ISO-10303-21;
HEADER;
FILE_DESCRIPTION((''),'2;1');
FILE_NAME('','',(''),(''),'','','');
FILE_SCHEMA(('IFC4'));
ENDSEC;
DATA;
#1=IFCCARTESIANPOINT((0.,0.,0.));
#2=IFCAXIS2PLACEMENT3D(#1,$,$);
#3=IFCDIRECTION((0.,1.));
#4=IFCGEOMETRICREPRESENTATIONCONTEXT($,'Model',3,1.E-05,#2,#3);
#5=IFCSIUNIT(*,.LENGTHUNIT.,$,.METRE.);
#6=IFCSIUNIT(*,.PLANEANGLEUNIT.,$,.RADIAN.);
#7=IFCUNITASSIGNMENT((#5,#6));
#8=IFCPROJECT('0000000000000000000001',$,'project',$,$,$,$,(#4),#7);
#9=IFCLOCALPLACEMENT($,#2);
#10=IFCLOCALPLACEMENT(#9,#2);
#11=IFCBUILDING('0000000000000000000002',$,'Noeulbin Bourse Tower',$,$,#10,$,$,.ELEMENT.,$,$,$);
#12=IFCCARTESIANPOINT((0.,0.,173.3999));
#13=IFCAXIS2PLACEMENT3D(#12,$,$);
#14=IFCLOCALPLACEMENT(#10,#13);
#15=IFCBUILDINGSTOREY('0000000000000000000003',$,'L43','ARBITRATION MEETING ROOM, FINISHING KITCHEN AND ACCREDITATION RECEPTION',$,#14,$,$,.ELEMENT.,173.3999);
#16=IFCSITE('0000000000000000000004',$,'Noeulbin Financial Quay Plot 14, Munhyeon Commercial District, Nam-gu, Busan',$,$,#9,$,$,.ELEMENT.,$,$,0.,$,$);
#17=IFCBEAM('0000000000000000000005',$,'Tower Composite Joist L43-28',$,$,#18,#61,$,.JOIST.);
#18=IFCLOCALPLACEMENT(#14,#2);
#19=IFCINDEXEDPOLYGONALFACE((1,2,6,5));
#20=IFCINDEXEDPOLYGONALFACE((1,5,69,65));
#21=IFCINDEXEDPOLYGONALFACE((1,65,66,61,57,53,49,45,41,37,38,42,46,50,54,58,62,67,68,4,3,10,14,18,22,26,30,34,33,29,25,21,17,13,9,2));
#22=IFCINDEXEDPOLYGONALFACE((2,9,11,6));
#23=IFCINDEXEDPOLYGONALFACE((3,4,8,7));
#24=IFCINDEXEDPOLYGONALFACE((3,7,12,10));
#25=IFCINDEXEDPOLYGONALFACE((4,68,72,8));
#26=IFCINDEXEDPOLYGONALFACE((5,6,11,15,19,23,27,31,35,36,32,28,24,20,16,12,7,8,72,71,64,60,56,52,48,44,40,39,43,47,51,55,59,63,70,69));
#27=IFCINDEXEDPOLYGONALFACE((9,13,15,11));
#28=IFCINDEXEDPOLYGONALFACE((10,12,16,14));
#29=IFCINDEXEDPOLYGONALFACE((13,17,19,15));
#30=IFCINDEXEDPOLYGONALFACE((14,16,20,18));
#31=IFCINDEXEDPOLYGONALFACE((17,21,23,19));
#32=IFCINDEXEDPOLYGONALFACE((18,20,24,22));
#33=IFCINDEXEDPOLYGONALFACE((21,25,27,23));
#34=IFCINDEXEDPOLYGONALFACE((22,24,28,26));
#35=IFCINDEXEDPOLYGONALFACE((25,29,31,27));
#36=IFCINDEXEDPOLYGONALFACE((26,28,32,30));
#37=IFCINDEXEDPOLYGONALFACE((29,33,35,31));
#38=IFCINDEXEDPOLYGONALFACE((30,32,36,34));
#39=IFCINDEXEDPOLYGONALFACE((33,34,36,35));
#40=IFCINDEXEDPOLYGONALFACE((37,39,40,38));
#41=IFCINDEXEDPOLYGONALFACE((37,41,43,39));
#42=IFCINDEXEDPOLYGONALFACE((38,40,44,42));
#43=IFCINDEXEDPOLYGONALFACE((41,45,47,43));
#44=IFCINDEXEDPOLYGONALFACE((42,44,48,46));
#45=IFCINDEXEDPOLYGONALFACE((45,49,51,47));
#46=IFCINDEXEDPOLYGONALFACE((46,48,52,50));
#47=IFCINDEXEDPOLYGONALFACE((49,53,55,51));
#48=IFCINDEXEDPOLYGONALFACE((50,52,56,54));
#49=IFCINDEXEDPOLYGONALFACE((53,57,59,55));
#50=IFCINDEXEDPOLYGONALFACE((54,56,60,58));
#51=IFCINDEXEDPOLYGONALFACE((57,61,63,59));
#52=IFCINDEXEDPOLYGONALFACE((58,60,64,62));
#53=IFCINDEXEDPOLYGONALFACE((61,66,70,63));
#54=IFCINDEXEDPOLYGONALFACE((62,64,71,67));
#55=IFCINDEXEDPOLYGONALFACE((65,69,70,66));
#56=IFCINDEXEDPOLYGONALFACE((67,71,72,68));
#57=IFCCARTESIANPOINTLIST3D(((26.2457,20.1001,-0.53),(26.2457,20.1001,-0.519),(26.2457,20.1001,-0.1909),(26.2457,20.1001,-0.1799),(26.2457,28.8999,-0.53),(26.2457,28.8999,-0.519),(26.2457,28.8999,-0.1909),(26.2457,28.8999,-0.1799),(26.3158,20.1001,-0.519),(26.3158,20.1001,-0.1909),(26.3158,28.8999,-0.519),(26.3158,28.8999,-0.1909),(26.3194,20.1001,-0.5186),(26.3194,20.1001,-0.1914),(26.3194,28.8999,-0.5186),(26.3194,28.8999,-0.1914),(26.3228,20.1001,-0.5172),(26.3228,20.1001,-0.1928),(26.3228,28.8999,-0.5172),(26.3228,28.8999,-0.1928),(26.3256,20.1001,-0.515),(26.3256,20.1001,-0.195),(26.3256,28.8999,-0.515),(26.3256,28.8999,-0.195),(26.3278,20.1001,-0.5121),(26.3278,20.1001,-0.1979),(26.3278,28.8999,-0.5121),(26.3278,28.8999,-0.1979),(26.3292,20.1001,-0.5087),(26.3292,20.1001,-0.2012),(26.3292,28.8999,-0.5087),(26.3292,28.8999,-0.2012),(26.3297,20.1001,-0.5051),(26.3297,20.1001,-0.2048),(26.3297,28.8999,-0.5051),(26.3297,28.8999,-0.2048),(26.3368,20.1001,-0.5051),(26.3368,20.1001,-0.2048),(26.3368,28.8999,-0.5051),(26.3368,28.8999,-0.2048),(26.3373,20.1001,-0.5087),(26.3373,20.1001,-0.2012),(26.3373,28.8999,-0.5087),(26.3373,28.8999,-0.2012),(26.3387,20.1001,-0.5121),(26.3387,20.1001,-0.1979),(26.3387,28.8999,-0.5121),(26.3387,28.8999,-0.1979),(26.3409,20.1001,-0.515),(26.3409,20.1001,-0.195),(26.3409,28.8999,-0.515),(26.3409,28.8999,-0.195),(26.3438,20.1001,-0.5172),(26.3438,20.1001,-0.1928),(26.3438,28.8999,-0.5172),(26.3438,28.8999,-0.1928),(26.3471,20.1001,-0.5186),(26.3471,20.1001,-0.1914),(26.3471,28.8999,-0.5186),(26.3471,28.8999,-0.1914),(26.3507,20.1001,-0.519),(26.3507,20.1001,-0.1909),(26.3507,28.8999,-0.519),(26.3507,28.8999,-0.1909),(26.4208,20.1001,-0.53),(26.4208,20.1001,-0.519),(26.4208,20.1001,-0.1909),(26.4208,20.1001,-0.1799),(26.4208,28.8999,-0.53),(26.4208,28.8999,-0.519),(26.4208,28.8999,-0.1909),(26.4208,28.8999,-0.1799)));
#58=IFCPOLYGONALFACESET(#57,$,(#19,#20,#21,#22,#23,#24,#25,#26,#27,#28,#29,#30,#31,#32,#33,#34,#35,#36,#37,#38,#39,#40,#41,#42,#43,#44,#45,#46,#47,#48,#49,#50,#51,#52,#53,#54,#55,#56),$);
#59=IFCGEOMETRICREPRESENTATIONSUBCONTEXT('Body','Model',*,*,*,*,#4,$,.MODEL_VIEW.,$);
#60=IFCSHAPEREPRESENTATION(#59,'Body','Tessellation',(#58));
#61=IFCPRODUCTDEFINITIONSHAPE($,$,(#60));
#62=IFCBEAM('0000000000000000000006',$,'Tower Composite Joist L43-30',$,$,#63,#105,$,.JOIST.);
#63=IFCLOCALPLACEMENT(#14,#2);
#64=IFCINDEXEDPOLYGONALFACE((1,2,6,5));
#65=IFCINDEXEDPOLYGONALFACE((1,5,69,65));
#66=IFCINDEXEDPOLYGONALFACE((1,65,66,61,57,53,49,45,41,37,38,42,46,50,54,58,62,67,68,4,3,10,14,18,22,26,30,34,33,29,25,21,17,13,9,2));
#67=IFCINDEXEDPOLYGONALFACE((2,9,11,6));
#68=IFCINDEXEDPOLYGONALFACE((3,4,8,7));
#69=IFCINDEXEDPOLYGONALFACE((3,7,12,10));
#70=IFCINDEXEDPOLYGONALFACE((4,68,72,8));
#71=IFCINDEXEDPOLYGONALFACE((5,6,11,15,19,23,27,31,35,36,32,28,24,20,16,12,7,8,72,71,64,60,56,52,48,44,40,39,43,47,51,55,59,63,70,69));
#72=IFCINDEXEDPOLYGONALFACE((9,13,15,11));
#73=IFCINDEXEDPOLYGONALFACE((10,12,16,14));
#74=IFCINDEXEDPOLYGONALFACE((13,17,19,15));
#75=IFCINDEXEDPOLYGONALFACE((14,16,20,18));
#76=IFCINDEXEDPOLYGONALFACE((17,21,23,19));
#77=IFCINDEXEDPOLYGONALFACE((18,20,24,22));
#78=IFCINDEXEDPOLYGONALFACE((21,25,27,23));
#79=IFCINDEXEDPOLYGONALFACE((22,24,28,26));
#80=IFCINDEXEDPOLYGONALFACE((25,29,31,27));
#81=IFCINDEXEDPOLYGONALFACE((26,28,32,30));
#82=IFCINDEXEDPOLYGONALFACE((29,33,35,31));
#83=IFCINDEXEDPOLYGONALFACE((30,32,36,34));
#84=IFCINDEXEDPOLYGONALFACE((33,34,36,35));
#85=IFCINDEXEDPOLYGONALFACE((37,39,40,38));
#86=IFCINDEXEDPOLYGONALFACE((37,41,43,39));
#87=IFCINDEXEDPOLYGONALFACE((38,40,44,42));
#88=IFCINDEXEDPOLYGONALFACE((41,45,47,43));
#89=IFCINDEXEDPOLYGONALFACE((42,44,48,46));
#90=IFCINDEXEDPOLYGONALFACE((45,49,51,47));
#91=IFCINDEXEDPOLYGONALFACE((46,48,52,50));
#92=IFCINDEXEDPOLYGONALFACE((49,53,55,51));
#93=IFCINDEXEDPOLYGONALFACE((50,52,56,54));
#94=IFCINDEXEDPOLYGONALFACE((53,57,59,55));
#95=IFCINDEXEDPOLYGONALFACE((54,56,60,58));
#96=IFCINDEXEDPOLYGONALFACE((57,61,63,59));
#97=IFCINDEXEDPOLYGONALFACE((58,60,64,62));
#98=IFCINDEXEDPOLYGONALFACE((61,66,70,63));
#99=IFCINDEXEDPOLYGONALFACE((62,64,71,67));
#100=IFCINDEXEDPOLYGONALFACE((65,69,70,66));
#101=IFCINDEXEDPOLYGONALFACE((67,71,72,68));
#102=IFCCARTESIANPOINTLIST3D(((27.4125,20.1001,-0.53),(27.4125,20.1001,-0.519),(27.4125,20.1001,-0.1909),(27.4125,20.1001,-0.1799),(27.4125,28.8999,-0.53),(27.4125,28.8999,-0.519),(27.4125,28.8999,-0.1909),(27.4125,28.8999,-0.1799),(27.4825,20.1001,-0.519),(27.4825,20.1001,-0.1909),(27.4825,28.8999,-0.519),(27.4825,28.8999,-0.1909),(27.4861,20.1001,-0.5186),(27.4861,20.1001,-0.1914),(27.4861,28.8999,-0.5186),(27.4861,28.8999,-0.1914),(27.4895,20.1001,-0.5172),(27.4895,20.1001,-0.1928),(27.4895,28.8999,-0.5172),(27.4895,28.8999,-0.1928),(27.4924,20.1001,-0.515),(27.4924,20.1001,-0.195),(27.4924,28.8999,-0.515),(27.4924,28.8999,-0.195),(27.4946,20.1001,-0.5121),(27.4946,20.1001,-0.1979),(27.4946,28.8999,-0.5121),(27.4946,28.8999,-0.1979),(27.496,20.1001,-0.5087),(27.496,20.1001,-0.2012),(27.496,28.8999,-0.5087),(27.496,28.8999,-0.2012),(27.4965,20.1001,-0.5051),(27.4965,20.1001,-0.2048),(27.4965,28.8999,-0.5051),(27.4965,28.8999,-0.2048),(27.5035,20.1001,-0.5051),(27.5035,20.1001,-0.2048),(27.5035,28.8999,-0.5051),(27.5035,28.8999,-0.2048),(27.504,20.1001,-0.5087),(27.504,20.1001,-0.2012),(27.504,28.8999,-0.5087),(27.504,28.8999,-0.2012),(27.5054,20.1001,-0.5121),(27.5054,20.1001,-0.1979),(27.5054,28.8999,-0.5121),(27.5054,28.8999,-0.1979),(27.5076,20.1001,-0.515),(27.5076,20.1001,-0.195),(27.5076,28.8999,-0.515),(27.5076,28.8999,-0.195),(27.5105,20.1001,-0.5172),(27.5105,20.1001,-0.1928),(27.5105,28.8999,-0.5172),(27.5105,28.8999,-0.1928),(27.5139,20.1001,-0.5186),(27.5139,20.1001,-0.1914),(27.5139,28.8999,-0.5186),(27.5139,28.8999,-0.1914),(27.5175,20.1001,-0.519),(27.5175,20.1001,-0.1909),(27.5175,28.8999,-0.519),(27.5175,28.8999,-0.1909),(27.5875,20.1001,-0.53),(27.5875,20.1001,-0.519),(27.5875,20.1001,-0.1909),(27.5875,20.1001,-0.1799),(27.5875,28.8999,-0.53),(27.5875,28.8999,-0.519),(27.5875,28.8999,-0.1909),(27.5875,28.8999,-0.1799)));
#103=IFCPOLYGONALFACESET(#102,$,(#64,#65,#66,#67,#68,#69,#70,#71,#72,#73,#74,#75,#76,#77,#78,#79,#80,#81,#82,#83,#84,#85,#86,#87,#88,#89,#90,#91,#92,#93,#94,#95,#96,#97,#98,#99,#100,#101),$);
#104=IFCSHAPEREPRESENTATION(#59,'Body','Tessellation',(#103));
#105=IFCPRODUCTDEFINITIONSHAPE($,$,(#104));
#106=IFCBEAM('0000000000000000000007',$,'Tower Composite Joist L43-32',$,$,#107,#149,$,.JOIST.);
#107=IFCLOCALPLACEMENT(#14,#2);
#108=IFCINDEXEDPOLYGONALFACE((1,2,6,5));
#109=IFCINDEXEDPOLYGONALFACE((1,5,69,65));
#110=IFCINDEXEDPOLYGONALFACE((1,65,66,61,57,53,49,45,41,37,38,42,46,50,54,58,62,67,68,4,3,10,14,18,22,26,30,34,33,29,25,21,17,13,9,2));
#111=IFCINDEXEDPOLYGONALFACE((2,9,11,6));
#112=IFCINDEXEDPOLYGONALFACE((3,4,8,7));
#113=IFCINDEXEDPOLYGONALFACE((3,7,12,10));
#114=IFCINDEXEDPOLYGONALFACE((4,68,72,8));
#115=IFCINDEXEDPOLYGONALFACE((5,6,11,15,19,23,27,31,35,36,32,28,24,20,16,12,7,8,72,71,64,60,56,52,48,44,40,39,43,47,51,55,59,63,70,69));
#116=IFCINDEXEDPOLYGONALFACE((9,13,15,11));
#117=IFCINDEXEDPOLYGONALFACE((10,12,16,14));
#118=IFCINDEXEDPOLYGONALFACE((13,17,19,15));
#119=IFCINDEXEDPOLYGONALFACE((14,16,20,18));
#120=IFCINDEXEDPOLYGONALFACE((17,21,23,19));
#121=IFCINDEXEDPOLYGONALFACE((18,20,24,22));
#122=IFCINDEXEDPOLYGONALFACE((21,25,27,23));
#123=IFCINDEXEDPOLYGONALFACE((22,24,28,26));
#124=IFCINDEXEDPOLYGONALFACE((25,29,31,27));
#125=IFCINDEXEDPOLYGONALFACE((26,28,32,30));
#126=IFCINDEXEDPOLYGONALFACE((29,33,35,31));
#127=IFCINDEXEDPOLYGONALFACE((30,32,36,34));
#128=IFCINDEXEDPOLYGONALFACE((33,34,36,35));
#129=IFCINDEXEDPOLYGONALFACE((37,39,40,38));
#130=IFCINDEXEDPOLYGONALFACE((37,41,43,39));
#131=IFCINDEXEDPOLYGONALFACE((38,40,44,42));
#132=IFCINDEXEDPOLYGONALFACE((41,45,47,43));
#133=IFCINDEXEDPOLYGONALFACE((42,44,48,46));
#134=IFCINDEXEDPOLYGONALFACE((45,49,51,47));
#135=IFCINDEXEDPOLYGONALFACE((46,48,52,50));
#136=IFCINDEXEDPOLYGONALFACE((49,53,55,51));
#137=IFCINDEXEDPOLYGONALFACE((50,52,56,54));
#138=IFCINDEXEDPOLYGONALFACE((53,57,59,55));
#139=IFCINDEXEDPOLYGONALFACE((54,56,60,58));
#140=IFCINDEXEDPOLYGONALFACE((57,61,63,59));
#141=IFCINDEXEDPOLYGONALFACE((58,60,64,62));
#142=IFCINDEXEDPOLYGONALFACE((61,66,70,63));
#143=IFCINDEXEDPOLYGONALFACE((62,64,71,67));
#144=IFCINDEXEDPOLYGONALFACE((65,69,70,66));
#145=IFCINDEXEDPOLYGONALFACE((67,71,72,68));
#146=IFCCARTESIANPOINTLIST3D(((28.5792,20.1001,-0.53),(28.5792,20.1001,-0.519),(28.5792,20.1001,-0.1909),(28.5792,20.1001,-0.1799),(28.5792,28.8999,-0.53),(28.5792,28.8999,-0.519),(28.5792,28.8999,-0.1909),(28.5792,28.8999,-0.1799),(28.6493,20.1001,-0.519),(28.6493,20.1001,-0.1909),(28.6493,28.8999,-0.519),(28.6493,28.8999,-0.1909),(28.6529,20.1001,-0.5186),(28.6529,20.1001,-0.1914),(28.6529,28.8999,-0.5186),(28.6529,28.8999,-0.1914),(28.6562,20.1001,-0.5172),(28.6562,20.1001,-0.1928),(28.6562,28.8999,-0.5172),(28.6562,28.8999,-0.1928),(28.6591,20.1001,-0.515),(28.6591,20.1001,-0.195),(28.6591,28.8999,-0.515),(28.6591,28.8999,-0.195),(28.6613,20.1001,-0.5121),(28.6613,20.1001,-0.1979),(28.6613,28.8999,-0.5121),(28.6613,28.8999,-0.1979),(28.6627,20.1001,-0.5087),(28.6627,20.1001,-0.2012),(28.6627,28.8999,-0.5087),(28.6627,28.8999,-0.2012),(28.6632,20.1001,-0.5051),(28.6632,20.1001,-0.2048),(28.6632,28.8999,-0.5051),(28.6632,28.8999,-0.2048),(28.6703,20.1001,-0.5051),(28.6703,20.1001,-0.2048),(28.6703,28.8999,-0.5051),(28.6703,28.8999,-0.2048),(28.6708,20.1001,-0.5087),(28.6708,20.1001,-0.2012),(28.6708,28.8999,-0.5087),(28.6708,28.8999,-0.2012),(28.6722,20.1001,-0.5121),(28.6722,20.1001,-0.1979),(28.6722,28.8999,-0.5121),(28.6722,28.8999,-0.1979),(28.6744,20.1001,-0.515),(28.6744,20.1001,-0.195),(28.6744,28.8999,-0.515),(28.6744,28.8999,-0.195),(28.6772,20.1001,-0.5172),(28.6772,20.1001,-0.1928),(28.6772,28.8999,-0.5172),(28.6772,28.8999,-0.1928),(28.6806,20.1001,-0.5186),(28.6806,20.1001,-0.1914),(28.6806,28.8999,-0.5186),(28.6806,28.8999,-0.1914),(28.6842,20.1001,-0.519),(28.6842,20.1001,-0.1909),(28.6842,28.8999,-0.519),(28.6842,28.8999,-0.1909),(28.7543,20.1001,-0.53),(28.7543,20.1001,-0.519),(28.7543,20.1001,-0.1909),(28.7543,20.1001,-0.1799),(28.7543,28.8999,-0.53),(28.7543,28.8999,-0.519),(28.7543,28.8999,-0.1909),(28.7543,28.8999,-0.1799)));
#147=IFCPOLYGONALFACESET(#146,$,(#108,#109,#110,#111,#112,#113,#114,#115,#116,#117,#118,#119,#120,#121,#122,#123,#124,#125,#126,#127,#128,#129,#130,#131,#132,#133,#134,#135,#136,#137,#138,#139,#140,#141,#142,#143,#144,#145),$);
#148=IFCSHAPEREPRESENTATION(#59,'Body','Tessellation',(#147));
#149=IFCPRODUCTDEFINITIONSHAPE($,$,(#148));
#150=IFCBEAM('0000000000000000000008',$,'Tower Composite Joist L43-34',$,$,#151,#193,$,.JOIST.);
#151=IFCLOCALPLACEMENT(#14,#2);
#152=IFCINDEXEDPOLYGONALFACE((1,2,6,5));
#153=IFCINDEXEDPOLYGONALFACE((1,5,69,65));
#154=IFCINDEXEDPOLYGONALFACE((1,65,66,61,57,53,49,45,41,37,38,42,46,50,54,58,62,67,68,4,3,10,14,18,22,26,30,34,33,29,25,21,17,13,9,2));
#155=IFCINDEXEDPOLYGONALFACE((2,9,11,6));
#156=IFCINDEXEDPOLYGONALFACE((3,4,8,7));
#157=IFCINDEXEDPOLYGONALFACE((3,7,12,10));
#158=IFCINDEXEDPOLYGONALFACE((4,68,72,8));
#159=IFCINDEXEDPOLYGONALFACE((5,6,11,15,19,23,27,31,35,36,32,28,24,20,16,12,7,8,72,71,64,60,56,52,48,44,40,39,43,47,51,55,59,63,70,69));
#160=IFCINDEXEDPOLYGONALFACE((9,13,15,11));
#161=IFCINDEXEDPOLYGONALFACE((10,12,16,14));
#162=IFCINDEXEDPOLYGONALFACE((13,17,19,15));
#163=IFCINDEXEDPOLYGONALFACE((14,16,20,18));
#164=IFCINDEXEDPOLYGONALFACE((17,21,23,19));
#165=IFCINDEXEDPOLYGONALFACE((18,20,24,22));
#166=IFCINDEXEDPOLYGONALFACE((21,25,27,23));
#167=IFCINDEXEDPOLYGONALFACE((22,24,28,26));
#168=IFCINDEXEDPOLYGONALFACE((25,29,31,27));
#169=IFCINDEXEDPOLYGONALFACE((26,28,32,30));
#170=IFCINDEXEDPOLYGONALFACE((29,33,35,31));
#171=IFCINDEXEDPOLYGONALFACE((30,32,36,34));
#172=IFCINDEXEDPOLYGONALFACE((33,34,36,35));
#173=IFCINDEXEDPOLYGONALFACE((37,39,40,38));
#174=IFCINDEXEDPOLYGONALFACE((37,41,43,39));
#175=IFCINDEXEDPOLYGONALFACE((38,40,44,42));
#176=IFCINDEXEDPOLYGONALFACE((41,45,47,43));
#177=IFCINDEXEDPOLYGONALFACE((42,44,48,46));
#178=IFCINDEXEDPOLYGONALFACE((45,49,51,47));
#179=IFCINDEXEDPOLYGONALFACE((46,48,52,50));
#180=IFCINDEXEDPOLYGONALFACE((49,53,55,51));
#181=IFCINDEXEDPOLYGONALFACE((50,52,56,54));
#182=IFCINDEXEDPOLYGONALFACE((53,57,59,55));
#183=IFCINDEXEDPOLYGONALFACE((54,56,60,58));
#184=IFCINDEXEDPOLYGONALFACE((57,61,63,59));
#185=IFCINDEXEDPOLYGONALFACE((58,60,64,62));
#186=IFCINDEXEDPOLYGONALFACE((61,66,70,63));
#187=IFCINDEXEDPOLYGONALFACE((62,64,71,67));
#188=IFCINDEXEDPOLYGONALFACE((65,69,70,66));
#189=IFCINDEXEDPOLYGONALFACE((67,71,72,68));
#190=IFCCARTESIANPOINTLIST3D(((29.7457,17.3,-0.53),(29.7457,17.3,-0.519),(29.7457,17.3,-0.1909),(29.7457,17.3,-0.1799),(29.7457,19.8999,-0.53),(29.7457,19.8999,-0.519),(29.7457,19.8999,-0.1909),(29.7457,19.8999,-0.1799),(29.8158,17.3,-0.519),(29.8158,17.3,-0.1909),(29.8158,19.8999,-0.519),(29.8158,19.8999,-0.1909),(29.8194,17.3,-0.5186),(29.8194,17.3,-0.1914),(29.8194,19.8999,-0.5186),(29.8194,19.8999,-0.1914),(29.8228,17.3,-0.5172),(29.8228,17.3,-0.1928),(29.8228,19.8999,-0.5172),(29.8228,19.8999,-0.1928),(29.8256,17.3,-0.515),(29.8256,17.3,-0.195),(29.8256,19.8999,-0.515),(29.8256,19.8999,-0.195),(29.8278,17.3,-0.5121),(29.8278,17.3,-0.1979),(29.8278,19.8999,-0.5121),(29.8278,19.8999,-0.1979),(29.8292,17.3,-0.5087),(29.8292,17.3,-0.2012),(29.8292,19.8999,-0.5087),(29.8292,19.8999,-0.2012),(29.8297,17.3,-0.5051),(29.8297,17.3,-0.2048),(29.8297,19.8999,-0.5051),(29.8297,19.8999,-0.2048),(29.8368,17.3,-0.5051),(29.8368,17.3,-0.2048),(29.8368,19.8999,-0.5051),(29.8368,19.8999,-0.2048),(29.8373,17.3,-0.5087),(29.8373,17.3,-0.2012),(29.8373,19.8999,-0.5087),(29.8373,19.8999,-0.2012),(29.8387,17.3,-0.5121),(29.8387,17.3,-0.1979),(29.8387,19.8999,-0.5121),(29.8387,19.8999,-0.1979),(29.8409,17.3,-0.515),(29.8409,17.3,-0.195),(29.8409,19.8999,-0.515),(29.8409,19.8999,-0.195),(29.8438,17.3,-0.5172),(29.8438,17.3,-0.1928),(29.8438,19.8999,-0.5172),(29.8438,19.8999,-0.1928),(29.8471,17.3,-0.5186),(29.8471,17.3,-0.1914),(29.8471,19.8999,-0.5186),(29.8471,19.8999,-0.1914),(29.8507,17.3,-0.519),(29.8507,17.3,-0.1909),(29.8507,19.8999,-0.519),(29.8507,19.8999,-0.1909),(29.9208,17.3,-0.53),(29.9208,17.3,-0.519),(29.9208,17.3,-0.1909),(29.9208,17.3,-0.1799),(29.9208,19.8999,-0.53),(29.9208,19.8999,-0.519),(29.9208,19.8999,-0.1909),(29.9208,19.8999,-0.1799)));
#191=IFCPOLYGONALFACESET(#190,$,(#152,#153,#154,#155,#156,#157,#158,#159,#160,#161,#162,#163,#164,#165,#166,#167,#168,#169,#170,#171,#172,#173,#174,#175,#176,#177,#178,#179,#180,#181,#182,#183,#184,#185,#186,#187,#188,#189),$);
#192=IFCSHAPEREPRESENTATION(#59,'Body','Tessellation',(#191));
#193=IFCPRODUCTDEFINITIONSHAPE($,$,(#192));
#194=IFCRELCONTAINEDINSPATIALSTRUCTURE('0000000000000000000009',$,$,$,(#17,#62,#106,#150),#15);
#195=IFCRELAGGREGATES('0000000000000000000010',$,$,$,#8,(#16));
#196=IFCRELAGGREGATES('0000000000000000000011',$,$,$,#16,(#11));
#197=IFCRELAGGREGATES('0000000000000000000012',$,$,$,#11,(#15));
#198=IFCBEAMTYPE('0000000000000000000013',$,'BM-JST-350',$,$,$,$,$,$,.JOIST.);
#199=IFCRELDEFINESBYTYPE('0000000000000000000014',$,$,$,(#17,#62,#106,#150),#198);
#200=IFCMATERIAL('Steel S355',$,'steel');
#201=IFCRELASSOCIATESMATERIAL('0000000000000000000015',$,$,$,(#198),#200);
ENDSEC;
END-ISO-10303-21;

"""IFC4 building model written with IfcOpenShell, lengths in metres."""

from ifc_helpers import new_model, si_unit, direction, frame, origin, origin_2d, place, context, subcontext, project, spatial, i_section, extrude, material, material_profile, profile_set, type_object, element, save


model = new_model("IFC4")

# Units and contexts
model_context = context("Model", 3, precision=1e-05, world=origin(), true_north=direction((0.0, 1.0)))
body_context = subcontext(model_context, "Body", "Model", "MODEL_VIEW")
ifc_project = project(units=[si_unit("LENGTHUNIT", "METRE"), si_unit("PLANEANGLEUNIT", "RADIAN")], contexts=[model_context])

# Site, building, storey
site_placement = place(None, origin())
site = spatial("IfcSite", under=ifc_project, at=site_placement, Name="Noeulbin Financial Quay Plot 14, Munhyeon Commercial District, Nam-gu, Busan", CompositionType="ELEMENT", RefElevation=0.0)
building_placement = place(site_placement, origin())
building = spatial("IfcBuilding", under=site, at=building_placement, Name="Noeulbin Bourse Tower", CompositionType="ELEMENT")
storey_placement = place(building_placement, frame((0.0, 0.0, 173.3999)))
storey = spatial("IfcBuildingStorey", under=building, at=storey_placement, Name="L43", Description="ARBITRATION MEETING ROOM, FINISHING KITCHEN AND ACCREDITATION RECEPTION", CompositionType="ELEMENT", Elevation=173.3999)

# Beams
ifc_material_1 = material(Name="Steel S355", Category="steel")
ifc_material_profile_1 = material_profile(ifc_material_1, i_section(OverallWidth=0.175, OverallDepth=0.3501, WebThickness=0.0071, FlangeThickness=0.011, FilletRadius=0.0139, at=origin_2d()), Name="H-350x175x7x11", Category="LoadBearing")
ifc_profile_set_1 = profile_set([ifc_material_profile_1], Name="Steel S355")
beam_type_1 = type_object("IfcBeamType", Name="BM-JST-350", PredefinedType="JOIST", material=ifc_profile_set_1)
for number, where, z_axis, x_axis, name in (
    (1, (26.3333, 20.1001, -0.355), (0.0, 1.0, 0.0), (-1.0, 0.0, 0.0), "Tower Composite Joist L43-28"),
    (2, (27.5, 20.1001, -0.355), (0.0, 1.0, 0.0), (-1.0, 0.0, 0.0), "Tower Composite Joist L43-30"),
    (3, (28.6667, 20.1001, -0.355), (0.0, 1.0, 0.0), (-1.0, 0.0, 0.0), "Tower Composite Joist L43-32"),
):
    element("IfcBeam", number, at=place(storey_placement, frame(where, z_axis=z_axis, x_axis=x_axis)), inside=storey, type_object=beam_type_1, Name=name, PredefinedType="JOIST", context=body_context, shape_type="SweptSolid", body=[
        extrude(i_section(OverallWidth=0.175, OverallDepth=0.3501, WebThickness=0.0071, FlangeThickness=0.011, FilletRadius=0.0139, at=origin_2d()), origin(), (0.0, 0.0, 1.0), 8.7998),
    ])
beam_1_placement = place(storey_placement, frame((29.8333, 17.3, -0.355), z_axis=(0.0, 1.0, 0.0), x_axis=(-1.0, 0.0, 0.0)))
element("IfcBeam", 4, at=beam_1_placement, inside=storey, type_object=beam_type_1, Name="Tower Composite Joist L43-34", PredefinedType="JOIST", context=body_context, shape_type="SweptSolid", body=[
    extrude(i_section(OverallWidth=0.175, OverallDepth=0.3501, WebThickness=0.0071, FlangeThickness=0.011, FilletRadius=0.0139, at=origin_2d()), origin(), (0.0, 0.0, 1.0), 2.5999),
])

save(model, "model.ifc")
